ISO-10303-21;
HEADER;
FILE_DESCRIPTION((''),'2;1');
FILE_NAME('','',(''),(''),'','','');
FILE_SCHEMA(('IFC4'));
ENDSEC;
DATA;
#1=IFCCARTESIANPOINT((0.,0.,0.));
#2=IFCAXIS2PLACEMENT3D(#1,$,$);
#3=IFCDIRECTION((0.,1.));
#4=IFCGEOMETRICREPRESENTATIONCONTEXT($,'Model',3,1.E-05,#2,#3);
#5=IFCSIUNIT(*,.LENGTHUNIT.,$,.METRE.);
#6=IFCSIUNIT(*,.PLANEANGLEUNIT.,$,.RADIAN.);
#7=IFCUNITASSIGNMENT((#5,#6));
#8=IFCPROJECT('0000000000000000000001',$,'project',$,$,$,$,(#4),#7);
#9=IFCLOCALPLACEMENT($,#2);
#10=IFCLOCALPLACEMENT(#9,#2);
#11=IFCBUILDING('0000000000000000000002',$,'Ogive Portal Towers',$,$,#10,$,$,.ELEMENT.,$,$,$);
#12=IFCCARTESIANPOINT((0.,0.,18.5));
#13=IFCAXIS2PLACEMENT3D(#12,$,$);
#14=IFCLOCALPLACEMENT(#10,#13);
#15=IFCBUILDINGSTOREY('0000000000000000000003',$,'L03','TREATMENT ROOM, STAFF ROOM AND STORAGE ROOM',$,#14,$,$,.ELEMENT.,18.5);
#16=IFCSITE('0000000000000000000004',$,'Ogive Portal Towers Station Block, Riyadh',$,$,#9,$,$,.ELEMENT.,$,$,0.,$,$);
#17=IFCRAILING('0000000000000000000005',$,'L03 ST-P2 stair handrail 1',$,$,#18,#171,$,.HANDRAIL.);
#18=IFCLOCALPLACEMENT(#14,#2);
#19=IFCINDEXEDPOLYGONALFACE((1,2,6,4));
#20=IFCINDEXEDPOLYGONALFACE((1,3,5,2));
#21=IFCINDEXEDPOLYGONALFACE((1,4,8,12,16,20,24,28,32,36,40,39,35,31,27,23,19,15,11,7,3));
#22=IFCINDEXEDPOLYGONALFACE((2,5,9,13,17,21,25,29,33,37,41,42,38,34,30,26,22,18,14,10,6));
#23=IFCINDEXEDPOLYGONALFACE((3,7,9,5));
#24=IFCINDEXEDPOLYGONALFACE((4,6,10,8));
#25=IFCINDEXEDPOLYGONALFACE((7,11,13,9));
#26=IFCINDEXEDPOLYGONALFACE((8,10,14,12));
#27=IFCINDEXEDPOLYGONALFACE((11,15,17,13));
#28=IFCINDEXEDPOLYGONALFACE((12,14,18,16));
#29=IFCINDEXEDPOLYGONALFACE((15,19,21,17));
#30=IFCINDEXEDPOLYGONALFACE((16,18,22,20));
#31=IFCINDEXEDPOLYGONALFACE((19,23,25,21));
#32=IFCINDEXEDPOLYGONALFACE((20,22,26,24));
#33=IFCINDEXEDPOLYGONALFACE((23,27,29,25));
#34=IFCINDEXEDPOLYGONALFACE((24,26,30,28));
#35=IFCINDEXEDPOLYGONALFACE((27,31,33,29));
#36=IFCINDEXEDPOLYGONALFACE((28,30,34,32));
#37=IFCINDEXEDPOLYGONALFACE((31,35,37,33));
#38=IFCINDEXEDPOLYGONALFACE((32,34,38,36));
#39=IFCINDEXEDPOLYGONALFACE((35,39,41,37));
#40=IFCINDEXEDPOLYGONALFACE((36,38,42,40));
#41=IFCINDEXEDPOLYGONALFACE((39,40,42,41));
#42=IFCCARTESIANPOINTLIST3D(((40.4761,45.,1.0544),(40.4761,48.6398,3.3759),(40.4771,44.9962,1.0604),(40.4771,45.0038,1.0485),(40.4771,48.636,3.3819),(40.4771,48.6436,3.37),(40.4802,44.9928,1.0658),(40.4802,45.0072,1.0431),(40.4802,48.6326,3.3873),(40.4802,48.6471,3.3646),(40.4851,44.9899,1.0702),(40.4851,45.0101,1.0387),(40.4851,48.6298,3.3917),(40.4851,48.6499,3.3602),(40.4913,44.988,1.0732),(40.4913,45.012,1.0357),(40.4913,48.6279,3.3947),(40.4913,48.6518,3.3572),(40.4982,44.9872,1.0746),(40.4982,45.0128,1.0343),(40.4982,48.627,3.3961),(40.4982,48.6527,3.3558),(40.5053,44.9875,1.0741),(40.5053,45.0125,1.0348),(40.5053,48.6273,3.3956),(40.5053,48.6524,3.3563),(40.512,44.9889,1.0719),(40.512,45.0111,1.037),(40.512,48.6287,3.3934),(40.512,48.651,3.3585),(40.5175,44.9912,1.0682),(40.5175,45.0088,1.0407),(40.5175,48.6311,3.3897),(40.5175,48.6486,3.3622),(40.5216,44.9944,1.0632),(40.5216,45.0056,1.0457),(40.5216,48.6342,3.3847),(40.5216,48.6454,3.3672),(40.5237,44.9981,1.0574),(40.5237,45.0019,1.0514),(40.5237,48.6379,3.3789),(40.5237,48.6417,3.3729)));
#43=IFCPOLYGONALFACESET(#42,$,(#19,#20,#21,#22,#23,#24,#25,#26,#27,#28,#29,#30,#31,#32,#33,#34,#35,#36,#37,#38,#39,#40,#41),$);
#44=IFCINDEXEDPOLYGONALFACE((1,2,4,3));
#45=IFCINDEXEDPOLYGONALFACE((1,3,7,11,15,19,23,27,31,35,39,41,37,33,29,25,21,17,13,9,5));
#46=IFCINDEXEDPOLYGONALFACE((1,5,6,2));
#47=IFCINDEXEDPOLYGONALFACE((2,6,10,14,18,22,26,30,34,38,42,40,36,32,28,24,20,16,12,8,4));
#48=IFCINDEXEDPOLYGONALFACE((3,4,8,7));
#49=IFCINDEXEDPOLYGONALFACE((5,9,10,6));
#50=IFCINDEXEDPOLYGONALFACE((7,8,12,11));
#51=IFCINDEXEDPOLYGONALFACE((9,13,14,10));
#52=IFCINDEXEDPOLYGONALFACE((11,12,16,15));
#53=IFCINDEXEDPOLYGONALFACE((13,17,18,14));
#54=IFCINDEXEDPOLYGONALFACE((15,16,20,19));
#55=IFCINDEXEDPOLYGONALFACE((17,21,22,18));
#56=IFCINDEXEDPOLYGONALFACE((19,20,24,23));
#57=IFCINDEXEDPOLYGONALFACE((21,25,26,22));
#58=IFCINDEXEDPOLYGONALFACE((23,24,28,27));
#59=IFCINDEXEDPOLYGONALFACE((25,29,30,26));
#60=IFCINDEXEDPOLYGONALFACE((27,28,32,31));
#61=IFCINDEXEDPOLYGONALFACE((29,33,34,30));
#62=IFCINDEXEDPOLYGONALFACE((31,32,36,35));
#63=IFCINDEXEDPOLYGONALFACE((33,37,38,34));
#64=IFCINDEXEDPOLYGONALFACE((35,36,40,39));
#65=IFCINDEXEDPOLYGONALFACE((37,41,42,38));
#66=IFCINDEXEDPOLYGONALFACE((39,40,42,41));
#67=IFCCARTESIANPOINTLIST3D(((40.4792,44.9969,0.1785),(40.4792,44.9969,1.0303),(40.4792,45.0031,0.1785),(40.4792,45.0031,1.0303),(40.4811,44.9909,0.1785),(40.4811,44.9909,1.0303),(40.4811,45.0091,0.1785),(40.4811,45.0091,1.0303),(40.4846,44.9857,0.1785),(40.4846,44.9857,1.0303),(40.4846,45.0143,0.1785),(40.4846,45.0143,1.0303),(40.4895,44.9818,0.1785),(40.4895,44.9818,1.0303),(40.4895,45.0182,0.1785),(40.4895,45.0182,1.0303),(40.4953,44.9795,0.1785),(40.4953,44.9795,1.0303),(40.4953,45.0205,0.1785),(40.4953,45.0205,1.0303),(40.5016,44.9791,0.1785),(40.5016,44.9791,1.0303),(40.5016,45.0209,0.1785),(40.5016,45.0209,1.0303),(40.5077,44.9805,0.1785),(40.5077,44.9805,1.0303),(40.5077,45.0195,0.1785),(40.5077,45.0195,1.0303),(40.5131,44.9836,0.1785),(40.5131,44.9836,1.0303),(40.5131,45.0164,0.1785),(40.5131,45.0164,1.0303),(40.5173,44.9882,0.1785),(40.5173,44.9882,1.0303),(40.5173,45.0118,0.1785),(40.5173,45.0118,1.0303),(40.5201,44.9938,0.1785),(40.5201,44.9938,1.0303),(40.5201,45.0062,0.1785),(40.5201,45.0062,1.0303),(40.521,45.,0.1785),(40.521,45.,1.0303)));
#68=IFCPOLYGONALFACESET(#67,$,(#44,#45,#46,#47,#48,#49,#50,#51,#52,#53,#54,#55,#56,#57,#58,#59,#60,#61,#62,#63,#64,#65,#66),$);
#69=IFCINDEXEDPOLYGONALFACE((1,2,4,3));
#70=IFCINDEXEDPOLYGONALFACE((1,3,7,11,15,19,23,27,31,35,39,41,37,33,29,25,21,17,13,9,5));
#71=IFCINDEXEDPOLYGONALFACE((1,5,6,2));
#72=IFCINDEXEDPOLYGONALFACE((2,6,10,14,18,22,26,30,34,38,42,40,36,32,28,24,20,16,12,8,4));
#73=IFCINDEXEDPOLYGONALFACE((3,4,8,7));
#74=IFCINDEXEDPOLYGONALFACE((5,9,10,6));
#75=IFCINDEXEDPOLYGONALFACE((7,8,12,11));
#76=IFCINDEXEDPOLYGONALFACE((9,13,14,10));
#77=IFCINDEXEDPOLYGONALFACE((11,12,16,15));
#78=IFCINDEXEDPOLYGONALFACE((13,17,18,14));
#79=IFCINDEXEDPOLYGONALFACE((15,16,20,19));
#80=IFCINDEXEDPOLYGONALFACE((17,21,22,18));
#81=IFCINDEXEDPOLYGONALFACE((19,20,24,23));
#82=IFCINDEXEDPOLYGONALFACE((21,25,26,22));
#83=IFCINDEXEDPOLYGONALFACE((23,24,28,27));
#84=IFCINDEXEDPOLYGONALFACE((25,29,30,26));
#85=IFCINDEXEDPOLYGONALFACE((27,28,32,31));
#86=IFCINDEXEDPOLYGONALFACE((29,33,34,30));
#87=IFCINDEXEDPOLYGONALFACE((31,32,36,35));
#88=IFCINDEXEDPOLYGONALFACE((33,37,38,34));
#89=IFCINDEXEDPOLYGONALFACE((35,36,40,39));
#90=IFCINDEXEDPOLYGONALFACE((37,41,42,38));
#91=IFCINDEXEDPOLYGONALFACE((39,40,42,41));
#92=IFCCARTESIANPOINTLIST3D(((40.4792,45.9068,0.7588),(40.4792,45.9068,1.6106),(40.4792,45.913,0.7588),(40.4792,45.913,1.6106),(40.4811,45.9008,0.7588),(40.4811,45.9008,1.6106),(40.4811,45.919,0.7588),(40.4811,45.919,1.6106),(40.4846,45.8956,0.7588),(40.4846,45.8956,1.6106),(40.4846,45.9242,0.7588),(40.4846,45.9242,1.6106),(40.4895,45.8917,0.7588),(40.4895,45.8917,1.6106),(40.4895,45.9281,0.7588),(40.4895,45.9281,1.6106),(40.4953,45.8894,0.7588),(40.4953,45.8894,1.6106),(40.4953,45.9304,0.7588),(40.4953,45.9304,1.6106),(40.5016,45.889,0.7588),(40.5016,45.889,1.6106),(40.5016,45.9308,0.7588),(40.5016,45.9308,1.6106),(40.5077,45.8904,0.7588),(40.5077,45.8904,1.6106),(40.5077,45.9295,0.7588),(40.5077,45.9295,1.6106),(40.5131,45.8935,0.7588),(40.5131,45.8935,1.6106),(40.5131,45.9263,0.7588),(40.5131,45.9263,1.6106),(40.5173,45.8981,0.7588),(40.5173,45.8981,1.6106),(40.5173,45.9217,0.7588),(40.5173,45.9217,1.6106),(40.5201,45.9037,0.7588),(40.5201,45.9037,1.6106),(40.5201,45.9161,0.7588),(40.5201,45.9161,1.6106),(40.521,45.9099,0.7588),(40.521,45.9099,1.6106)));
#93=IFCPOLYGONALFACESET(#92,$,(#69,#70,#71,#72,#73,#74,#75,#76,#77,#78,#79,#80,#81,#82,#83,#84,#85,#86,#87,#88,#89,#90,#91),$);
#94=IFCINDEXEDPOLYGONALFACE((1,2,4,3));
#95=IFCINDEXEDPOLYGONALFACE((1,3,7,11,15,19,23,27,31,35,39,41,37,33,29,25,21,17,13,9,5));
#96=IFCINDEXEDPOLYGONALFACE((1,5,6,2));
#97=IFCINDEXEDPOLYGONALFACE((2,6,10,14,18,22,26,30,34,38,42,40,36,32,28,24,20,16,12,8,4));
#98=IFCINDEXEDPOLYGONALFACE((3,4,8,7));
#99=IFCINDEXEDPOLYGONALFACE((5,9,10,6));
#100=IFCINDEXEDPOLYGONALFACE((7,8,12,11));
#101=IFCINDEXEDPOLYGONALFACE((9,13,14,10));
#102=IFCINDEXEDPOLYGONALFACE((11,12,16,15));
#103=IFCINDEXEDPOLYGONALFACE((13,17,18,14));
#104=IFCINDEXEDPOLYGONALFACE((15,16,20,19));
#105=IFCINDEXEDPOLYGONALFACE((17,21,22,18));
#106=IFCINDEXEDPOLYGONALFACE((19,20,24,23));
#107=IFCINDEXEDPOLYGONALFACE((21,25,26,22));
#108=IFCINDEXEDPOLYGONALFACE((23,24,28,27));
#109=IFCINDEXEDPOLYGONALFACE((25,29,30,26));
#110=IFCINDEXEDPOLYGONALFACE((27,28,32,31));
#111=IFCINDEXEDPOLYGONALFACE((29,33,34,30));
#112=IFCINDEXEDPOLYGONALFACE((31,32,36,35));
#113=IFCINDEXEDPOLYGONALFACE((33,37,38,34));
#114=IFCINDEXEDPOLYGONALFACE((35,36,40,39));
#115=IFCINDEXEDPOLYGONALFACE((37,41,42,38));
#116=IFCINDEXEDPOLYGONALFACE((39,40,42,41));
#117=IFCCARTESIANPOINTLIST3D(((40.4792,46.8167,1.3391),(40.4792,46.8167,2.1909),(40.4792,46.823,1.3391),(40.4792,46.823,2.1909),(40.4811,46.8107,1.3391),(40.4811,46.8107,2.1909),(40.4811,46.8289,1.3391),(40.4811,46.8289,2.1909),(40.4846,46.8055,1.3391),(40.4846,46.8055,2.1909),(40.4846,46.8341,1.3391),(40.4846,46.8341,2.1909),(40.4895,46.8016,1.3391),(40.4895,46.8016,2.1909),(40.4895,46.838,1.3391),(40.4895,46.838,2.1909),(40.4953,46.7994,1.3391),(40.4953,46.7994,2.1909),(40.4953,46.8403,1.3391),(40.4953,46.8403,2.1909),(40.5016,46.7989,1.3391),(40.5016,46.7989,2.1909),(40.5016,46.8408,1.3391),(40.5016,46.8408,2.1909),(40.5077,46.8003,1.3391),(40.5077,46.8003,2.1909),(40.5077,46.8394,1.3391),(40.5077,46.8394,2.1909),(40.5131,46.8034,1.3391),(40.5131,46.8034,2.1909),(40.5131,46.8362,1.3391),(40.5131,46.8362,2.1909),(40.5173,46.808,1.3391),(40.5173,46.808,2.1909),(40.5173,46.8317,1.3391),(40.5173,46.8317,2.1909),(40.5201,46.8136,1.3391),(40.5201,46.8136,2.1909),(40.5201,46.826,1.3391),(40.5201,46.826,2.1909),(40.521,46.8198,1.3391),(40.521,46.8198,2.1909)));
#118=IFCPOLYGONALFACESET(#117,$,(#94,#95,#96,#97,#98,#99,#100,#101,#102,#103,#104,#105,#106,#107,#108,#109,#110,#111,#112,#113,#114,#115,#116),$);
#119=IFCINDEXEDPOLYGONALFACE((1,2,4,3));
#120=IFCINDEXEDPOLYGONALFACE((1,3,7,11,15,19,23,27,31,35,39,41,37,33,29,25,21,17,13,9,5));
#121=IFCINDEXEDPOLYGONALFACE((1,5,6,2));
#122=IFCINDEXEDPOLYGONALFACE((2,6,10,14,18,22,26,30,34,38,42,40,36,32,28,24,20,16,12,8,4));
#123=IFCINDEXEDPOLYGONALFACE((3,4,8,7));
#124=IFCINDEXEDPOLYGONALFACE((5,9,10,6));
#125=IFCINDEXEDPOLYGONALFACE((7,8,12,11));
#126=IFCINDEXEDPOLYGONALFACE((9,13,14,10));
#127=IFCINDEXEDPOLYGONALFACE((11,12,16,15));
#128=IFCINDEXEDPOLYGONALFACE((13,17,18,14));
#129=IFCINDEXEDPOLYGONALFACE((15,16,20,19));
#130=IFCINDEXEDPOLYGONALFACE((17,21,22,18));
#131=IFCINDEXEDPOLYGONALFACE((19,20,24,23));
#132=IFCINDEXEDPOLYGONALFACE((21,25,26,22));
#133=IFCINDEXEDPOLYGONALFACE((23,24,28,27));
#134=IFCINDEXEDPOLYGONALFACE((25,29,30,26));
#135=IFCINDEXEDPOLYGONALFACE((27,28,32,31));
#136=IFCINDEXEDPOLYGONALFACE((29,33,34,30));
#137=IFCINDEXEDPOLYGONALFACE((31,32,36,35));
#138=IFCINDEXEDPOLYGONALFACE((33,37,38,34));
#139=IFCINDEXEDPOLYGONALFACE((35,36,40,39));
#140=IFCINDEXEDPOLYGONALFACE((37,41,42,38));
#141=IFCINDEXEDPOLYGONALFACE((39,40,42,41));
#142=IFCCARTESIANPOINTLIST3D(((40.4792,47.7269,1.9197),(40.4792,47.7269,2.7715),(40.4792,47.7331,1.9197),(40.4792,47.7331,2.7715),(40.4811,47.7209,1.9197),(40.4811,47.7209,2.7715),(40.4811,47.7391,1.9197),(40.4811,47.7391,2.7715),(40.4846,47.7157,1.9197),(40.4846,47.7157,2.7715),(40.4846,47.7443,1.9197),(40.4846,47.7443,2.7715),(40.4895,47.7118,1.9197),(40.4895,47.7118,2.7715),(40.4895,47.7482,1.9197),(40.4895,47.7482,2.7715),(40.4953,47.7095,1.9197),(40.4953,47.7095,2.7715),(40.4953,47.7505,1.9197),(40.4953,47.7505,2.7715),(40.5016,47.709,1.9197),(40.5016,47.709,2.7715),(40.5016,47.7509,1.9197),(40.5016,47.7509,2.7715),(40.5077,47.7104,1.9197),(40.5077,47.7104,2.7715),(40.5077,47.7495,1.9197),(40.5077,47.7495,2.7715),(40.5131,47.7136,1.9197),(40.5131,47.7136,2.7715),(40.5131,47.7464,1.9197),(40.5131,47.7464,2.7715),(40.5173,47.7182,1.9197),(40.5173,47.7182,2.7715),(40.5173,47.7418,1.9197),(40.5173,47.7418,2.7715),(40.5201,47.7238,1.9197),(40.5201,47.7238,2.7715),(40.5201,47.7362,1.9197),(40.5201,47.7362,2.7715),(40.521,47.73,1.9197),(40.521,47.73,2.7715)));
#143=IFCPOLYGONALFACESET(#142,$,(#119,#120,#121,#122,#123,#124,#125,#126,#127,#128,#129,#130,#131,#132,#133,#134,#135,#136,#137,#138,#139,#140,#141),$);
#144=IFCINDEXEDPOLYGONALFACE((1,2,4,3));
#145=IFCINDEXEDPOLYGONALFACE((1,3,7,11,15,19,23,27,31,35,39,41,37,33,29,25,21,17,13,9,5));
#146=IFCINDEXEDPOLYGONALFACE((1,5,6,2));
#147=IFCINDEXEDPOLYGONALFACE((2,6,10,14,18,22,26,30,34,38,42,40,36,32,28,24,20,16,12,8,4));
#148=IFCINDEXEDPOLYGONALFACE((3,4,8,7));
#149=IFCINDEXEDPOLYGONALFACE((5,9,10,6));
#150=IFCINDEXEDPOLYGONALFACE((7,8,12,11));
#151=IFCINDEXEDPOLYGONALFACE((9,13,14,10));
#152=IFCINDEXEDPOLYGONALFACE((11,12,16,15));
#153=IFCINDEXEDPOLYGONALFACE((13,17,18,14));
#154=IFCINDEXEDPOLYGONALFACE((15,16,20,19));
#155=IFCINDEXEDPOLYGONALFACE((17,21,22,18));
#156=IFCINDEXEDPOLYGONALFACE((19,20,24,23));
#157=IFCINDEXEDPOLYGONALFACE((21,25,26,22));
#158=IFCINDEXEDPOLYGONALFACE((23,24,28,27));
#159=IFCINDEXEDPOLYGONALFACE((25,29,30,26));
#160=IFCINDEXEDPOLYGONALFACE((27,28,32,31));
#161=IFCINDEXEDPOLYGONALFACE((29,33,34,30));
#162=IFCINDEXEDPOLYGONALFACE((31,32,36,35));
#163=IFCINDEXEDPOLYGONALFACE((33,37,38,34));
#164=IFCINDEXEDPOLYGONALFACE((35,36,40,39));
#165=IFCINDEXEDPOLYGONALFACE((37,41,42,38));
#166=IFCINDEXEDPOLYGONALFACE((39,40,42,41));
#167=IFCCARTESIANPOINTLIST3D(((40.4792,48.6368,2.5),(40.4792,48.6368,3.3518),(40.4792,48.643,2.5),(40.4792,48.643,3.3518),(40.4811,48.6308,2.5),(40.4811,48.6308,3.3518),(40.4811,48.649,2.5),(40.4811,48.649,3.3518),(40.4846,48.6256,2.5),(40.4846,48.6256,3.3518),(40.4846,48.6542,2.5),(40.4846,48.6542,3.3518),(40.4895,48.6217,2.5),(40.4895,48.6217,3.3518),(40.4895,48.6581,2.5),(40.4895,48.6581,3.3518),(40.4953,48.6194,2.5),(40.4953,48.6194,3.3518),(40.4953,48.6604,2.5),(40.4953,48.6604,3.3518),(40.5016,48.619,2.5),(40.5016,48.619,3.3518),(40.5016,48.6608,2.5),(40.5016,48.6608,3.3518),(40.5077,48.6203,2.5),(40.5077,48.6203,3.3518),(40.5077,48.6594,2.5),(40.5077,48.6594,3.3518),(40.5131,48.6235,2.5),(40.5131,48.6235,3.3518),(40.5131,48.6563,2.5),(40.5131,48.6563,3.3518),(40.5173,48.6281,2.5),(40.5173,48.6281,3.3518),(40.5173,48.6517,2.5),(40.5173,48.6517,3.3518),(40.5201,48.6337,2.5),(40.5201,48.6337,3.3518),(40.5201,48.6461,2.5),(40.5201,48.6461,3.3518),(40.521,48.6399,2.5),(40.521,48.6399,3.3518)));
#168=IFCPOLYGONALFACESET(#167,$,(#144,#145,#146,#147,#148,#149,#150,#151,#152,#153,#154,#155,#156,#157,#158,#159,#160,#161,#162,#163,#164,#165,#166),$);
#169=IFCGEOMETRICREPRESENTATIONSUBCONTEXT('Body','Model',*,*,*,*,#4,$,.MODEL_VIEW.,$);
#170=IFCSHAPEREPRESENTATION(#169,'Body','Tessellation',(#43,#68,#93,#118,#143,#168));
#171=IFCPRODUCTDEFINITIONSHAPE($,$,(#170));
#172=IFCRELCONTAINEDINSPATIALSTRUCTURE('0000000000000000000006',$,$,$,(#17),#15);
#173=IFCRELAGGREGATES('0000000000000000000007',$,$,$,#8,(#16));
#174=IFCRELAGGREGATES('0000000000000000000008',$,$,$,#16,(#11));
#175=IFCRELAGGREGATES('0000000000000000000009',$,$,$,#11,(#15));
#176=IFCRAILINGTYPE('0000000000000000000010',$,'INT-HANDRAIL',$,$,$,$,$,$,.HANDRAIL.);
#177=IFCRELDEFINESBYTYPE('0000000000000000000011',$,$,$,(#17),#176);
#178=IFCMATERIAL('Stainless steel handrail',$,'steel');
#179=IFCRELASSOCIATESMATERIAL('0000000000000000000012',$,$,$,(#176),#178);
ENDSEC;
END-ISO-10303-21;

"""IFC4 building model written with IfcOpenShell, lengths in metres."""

from ifc_helpers import new_model, si_unit, direction, frame, origin, origin_2d, place, context, subcontext, project, spatial, circle, extrude, material, type_object, element, save


model = new_model("IFC4")

# Units and contexts
model_context = context("Model", 3, precision=1e-05, world=origin(), true_north=direction((0.0, 1.0)))
body_context = subcontext(model_context, "Body", "Model", "MODEL_VIEW")
ifc_project = project(units=[si_unit("LENGTHUNIT", "METRE"), si_unit("PLANEANGLEUNIT", "RADIAN")], contexts=[model_context])

# Site, building, storey
site_placement = place(None, origin())
site = spatial("IfcSite", under=ifc_project, at=site_placement, Name="Ogive Portal Towers Station Block, Riyadh", CompositionType="ELEMENT", RefElevation=0.0)
building_placement = place(site_placement, origin())
building = spatial("IfcBuilding", under=site, at=building_placement, Name="Ogive Portal Towers", CompositionType="ELEMENT")
storey_placement = place(building_placement, frame((0.0, 0.0, 18.5)))
storey = spatial("IfcBuildingStorey", under=building, at=storey_placement, Name="L03", Description="TREATMENT ROOM, STAFF ROOM AND STORAGE ROOM", CompositionType="ELEMENT", Elevation=18.5)

# Railing
ifc_material_1 = material(Name="Stainless steel handrail", Category="steel")
railing_type_1 = type_object("IfcRailingType", Name="INT-HANDRAIL", PredefinedType="HANDRAIL", material=ifc_material_1)
railing_1_placement = place(storey_placement, frame((40.5, 45.0, 0.1785)))
element("IfcRailing", 1, at=railing_1_placement, inside=storey, type_object=railing_type_1, Name="L03 ST-P2 stair handrail 1", PredefinedType="HANDRAIL", context=body_context, shape_type="SweptSolid", body=[
    extrude(circle(Radius=0.0239, at=origin_2d()), frame((0.0, 0.0, 0.876), z_axis=(0.0, 0.843112, 0.537739), x_axis=(-1.0, 0.0, 0.0)), (0.0, 0.0, 1.0), 4.3171),
    extrude(circle(Radius=0.021, at=origin_2d()), origin(), (0.0, 0.0, 1.0), 0.8518),
    extrude(circle(Radius=0.021, at=origin_2d()), frame((0.0, 0.9099, 0.5803)), (0.0, 0.0, 1.0), 0.8518),
    extrude(circle(Radius=0.021, at=origin_2d()), frame((0.0, 1.8198, 1.1606)), (0.0, 0.0, 1.0), 0.8518),
    extrude(circle(Radius=0.021, at=origin_2d()), frame((0.0, 2.73, 1.7412)), (0.0, 0.0, 1.0), 0.8518),
    extrude(circle(Radius=0.021, at=origin_2d()), frame((0.0, 3.6399, 2.3215)), (0.0, 0.0, 1.0), 0.8518),
])

save(model, "model.ifc")
